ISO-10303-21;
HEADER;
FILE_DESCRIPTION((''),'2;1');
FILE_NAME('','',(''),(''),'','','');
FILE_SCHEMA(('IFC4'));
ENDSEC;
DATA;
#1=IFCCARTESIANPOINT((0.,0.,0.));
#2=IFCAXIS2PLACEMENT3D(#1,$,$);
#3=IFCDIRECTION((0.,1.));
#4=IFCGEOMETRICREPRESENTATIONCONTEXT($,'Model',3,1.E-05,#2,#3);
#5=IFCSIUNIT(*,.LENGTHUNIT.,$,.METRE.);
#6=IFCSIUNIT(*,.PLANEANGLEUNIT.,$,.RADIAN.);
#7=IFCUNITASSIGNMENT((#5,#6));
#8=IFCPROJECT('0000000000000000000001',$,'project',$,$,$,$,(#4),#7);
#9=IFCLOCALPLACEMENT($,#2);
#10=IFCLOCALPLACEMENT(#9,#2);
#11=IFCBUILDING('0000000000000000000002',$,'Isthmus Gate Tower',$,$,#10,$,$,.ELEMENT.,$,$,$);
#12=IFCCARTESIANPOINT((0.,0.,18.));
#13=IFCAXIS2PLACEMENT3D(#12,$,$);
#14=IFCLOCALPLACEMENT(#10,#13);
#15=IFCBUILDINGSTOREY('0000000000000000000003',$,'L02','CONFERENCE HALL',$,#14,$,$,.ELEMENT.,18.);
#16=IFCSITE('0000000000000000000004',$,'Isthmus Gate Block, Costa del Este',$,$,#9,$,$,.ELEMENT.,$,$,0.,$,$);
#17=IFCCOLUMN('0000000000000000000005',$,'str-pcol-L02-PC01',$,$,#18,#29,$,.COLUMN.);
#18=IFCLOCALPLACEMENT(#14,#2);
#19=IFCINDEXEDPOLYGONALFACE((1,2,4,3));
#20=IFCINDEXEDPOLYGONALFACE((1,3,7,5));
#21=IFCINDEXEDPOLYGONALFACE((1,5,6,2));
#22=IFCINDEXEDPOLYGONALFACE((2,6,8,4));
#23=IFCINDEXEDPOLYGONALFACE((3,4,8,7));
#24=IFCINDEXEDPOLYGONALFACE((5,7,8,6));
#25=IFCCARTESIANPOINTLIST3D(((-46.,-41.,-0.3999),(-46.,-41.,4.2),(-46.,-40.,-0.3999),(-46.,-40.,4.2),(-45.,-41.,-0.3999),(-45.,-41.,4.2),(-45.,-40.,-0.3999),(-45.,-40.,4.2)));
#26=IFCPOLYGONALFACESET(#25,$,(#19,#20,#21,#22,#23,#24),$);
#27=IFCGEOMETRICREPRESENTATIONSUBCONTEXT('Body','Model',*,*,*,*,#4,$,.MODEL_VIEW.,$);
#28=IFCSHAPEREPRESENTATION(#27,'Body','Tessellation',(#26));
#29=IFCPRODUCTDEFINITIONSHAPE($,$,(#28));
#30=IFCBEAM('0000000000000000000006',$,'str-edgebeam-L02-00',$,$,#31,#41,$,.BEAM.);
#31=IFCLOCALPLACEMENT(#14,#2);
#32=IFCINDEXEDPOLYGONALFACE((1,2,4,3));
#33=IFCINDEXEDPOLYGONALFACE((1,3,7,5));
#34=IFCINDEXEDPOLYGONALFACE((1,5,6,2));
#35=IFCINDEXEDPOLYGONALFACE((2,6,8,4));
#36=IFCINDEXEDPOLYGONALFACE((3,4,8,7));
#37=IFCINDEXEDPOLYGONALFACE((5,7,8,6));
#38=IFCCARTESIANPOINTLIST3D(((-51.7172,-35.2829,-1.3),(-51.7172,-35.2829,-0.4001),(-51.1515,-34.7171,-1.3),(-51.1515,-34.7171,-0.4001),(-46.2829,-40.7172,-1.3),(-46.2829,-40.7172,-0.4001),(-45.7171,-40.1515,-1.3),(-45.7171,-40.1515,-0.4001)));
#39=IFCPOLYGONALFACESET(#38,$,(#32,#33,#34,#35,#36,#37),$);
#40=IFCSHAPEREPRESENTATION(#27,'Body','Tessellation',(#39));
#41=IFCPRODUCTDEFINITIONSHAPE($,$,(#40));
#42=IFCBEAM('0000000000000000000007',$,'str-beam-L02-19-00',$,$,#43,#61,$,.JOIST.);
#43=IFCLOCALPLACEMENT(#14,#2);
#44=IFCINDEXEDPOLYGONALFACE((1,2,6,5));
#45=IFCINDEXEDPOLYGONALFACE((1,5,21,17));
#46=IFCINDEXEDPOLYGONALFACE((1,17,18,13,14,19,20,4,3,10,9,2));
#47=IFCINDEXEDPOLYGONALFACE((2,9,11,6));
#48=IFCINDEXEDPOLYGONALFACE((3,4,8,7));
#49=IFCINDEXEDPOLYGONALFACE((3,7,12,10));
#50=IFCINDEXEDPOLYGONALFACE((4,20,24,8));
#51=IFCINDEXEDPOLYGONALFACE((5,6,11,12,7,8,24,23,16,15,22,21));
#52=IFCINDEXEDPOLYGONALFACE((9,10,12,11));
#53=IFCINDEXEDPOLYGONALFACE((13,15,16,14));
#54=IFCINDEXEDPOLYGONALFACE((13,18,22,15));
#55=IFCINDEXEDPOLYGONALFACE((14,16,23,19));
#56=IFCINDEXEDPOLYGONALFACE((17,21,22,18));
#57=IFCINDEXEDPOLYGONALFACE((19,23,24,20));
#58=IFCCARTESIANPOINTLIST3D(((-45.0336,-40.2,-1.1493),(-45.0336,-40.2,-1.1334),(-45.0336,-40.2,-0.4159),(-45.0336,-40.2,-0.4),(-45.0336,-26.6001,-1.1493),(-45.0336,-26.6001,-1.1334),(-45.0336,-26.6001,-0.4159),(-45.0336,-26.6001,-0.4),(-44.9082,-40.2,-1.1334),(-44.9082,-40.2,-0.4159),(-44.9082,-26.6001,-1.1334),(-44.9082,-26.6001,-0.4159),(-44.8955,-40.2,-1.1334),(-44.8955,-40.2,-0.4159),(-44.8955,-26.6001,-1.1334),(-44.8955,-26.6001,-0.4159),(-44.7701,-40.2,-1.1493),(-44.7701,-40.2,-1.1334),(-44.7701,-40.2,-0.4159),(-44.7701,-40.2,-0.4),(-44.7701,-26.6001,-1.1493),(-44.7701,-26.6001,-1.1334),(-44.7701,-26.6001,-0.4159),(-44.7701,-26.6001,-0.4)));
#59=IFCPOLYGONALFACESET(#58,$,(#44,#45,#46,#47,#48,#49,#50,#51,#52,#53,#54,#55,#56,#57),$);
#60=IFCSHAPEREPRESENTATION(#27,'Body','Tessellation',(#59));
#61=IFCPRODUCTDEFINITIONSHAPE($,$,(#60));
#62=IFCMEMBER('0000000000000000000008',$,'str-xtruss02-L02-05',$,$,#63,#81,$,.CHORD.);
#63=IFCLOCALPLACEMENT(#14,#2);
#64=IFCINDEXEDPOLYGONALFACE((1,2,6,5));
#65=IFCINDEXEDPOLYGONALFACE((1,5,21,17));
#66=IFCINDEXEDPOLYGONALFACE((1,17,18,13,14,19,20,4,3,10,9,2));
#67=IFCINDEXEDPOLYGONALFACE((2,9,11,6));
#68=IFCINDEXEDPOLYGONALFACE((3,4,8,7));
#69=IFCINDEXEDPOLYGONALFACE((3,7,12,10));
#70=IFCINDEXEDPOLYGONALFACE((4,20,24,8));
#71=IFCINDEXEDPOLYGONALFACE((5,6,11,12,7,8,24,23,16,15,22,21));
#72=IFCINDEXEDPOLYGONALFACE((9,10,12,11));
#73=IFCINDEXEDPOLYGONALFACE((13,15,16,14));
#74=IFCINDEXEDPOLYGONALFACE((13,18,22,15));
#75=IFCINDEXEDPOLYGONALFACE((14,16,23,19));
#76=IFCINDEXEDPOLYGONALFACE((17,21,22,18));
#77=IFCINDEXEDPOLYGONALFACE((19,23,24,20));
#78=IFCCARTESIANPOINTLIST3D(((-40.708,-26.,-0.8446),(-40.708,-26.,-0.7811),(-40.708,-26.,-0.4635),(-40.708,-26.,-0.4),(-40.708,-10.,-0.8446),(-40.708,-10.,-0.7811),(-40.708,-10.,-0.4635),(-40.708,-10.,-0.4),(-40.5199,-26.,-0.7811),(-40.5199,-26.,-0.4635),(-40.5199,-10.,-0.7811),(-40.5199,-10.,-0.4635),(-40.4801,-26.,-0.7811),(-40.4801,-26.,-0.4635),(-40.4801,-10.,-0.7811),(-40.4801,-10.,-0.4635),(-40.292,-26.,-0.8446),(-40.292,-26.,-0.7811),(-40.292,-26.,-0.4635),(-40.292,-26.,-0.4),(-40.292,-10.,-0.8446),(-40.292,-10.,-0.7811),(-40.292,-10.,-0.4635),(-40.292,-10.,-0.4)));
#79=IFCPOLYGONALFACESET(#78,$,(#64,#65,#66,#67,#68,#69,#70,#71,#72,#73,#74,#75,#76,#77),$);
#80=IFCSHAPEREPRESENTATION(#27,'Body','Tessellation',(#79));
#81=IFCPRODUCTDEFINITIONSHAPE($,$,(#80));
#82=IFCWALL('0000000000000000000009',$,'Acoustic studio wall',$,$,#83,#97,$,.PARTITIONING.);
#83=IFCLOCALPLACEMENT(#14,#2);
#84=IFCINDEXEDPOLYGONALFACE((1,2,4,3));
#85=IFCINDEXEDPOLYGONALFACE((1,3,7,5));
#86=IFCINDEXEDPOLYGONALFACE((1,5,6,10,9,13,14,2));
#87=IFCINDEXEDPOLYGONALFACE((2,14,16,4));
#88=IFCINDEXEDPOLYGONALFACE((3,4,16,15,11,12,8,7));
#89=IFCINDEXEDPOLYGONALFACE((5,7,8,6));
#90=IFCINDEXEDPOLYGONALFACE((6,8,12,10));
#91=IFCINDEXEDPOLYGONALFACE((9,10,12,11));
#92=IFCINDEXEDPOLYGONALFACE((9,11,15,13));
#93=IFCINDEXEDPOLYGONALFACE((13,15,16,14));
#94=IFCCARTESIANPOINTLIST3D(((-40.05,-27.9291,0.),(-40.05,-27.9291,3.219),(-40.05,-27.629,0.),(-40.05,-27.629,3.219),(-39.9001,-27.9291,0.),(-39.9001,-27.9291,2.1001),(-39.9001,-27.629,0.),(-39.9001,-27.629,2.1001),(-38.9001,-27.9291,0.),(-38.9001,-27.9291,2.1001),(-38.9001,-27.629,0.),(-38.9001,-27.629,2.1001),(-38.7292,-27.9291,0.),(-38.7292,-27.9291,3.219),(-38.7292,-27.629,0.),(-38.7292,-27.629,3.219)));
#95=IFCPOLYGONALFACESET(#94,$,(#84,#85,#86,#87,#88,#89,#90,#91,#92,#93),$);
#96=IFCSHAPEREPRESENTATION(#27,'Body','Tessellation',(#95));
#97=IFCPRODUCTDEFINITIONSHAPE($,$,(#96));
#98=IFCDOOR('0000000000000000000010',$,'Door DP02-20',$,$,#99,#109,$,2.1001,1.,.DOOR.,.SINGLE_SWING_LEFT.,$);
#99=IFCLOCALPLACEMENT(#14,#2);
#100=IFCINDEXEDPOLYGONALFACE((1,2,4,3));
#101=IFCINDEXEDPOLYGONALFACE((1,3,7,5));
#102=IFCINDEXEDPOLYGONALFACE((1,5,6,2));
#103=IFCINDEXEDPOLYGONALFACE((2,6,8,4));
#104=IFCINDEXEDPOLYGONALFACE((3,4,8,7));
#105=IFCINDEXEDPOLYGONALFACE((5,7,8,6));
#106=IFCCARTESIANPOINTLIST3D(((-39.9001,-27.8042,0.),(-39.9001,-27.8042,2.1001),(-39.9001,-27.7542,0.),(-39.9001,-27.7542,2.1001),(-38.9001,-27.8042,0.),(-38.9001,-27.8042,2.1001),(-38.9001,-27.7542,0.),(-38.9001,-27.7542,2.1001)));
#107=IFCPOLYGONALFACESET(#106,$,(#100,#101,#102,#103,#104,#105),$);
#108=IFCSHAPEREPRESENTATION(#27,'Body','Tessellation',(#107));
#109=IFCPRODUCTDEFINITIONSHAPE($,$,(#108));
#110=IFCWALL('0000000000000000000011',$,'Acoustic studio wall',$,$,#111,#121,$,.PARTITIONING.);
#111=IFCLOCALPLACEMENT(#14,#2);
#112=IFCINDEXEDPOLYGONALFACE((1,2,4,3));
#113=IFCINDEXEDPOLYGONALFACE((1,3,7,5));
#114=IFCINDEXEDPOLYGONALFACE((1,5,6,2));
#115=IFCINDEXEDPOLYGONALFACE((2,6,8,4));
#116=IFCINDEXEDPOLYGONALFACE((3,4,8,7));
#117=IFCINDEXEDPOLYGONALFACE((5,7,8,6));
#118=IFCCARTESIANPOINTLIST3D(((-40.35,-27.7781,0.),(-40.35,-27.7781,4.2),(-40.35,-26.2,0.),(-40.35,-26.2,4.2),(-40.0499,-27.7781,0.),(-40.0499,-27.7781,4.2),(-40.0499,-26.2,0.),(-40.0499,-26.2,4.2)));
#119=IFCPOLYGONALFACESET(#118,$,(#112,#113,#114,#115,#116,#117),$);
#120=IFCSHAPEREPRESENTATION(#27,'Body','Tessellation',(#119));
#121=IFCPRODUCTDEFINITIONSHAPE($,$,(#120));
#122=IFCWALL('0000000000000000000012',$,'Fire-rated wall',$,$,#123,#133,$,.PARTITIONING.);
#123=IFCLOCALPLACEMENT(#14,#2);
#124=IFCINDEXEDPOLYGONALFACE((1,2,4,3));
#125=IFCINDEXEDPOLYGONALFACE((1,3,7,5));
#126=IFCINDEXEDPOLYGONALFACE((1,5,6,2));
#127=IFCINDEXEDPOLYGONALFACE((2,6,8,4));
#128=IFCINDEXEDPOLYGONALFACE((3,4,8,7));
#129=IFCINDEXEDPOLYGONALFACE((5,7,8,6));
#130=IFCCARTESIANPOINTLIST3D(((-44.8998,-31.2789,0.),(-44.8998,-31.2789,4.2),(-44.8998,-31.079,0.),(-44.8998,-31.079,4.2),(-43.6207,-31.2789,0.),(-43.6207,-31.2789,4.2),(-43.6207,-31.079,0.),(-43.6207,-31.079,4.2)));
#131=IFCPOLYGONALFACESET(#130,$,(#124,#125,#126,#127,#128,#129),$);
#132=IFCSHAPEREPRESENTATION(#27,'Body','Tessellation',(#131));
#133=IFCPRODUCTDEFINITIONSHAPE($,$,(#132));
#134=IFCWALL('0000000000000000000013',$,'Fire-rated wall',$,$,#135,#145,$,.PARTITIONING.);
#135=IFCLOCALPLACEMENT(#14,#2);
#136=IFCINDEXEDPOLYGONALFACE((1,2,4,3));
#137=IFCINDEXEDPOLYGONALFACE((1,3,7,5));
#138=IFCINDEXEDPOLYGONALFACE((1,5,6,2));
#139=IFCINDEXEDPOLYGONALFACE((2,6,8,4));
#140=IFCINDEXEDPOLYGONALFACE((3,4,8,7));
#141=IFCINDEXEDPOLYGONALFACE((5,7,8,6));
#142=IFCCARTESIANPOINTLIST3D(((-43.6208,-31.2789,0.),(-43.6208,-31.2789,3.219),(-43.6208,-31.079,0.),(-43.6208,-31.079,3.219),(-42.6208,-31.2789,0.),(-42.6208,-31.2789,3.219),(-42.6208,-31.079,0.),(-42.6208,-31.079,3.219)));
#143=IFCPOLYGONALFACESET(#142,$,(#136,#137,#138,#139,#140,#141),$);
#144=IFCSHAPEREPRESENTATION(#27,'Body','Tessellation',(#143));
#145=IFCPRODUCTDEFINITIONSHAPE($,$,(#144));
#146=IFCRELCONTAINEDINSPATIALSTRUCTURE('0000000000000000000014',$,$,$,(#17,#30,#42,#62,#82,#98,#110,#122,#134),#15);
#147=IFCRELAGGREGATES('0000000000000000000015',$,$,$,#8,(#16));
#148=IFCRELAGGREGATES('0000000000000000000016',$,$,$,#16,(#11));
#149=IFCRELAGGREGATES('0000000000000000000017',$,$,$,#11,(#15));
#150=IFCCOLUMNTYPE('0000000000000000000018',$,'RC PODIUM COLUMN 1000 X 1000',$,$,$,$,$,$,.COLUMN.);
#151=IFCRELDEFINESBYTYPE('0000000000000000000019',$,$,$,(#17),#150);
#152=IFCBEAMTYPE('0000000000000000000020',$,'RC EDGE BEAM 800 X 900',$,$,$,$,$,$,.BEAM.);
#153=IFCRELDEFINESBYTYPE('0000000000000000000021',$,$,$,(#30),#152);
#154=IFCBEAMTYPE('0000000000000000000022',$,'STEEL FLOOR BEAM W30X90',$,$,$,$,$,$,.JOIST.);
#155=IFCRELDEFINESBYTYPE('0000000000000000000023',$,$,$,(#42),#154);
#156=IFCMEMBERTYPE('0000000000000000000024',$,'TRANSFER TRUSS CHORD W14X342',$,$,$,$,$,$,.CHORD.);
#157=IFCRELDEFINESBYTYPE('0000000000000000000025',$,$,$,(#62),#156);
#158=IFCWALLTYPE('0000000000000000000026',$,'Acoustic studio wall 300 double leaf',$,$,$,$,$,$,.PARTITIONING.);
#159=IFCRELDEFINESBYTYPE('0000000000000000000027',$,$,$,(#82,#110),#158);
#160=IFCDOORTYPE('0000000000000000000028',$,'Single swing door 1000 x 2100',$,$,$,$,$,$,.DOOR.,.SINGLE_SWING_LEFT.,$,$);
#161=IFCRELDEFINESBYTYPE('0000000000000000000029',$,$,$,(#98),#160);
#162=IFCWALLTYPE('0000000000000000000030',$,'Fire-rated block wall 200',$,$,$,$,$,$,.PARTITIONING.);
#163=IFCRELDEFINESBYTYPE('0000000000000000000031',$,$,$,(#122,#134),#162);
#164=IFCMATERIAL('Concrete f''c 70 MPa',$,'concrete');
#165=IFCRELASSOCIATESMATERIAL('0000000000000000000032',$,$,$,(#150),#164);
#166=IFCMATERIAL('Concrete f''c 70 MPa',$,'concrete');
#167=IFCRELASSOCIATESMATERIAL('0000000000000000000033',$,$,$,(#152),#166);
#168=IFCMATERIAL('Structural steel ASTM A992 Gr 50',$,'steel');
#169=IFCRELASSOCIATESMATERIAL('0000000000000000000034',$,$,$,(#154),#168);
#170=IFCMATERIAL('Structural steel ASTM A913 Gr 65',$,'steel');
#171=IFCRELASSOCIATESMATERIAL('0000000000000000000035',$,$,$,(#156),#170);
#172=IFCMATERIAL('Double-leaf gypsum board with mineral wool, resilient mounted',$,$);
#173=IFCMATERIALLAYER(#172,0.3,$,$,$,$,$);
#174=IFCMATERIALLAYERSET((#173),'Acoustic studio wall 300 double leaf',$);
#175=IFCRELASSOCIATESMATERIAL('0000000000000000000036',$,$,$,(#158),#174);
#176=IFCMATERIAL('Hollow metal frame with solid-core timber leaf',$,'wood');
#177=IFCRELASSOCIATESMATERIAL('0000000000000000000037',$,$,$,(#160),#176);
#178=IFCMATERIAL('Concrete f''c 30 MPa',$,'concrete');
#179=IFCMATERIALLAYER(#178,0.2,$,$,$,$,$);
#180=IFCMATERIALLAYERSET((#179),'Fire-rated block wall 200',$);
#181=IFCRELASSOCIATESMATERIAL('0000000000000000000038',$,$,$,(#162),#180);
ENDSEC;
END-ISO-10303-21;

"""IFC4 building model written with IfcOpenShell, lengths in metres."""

from ifc_helpers import new_model, si_unit, direction, frame, frame_2d, origin, origin_2d, place, context, subcontext, project, spatial, rectangle, i_section, extrude, material, layer, layer_set, material_profile, profile_set, type_object, element, fill, save


model = new_model("IFC4")

# Units and contexts
model_context = context("Model", 3, precision=1e-05, world=origin(), true_north=direction((0.0, 1.0)))
body_context = subcontext(model_context, "Body", "Model", "MODEL_VIEW")
ifc_project = project(units=[si_unit("LENGTHUNIT", "METRE"), si_unit("PLANEANGLEUNIT", "RADIAN")], contexts=[model_context])

# Site, building, storey
site_placement = place(None, origin())
site = spatial("IfcSite", under=ifc_project, at=site_placement, Name="Isthmus Gate Block, Costa del Este", CompositionType="ELEMENT", RefElevation=0.0)
building_placement = place(site_placement, origin())
building = spatial("IfcBuilding", under=site, at=building_placement, Name="Isthmus Gate Tower", CompositionType="ELEMENT")
storey_placement = place(building_placement, frame((0.0, 0.0, 18.0)))
storey = spatial("IfcBuildingStorey", under=building, at=storey_placement, Name="L02", Description="CONFERENCE HALL", CompositionType="ELEMENT", Elevation=18.0)

# Column
ifc_material_1 = material(Name="Concrete f'c 70 MPa", Category="concrete")
ifc_material_profile_1 = material_profile(ifc_material_1, rectangle(XDim=1.0, YDim=1.0, at=origin_2d()), Name="RC 1000X1000")
ifc_profile_set_1 = profile_set([ifc_material_profile_1], Name="Concrete f'c 70 MPa")
column_type = type_object("IfcColumnType", Name="RC PODIUM COLUMN 1000 X 1000", PredefinedType="COLUMN", material=ifc_profile_set_1)
column_placement = place(storey_placement, frame((-45.5, -40.5, -0.3999), z_axis=(0.0, 0.0, 1.0), x_axis=(1.0, 0.0, 0.0)))
element("IfcColumn", 1, at=column_placement, inside=storey, type_object=column_type, Name="str-pcol-L02-PC01", PredefinedType="COLUMN", context=body_context, shape_type="SweptSolid", body=[
    extrude(rectangle(XDim=1.0, YDim=1.0, at=origin_2d()), origin(), (0.0, 0.0, 1.0), 4.5999),
])

# Beams
ifc_material_2 = material(Name="Concrete f'c 70 MPa", Category="concrete")
ifc_material_profile_2 = material_profile(ifc_material_2, rectangle(XDim=0.8, YDim=0.8999, at=origin_2d()), Name="RC 800X900")
ifc_profile_set_2 = profile_set([ifc_material_profile_2], Name="Concrete f'c 70 MPa")
beam_type_1 = type_object("IfcBeamType", Name="RC EDGE BEAM 800 X 900", PredefinedType="BEAM", material=ifc_profile_set_2)
beam_1_placement = place(storey_placement, frame((-46.0, -40.4343, -0.8501), z_axis=(-0.707107, 0.707107, 0.0), x_axis=(-0.707107, -0.707107, 0.0)))
element("IfcBeam", 2, at=beam_1_placement, inside=storey, type_object=beam_type_1, Name="str-edgebeam-L02-00", PredefinedType="BEAM", context=body_context, shape_type="SweptSolid", body=[
    extrude(rectangle(XDim=0.8, YDim=0.8999, at=origin_2d()), origin(), (0.0, 0.0, 1.0), 7.6853),
])
ifc_material_3 = material(Name="Structural steel ASTM A992 Gr 50", Category="steel")
ifc_material_profile_3 = material_profile(ifc_material_3, i_section(OverallWidth=0.2634, OverallDepth=0.7493, WebThickness=0.0127, FlangeThickness=0.0159, at=origin_2d()), Name="W30X90")
ifc_profile_set_3 = profile_set([ifc_material_profile_3], Name="Structural steel ASTM A992 Gr 50")
beam_type_2 = type_object("IfcBeamType", Name="STEEL FLOOR BEAM W30X90", PredefinedType="JOIST", material=ifc_profile_set_3)
beam_2_placement = place(storey_placement, frame((-44.9019, -40.2, -0.7747), z_axis=(0.0, 1.0, 0.0), x_axis=(-1.0, 0.0, 0.0)))
element("IfcBeam", 3, at=beam_2_placement, inside=storey, type_object=beam_type_2, Name="str-beam-L02-19-00", PredefinedType="JOIST", context=body_context, shape_type="SweptSolid", body=[
    extrude(i_section(OverallWidth=0.2634, OverallDepth=0.7493, WebThickness=0.0127, FlangeThickness=0.0159, at=origin_2d()), origin(), (0.0, 0.0, 1.0), 13.5999),
])

# Member
ifc_material_4 = material(Name="Structural steel ASTM A913 Gr 65", Category="steel")
ifc_material_profile_4 = material_profile(ifc_material_4, i_section(OverallWidth=0.416, OverallDepth=0.4446, WebThickness=0.0398, FlangeThickness=0.0635, at=origin_2d()), Name="W14X342")
ifc_profile_set_4 = profile_set([ifc_material_profile_4], Name="Structural steel ASTM A913 Gr 65")
member_type = type_object("IfcMemberType", Name="TRANSFER TRUSS CHORD W14X342", PredefinedType="CHORD", material=ifc_profile_set_4)
member_placement = place(storey_placement, frame((-40.5, -26.0, -0.6223), z_axis=(0.0, 1.0, 0.0), x_axis=(-1.0, 0.0, 0.0)))
element("IfcMember", 4, at=member_placement, inside=storey, type_object=member_type, Name="str-xtruss02-L02-05", PredefinedType="CHORD", context=body_context, shape_type="SweptSolid", body=[
    extrude(i_section(OverallWidth=0.416, OverallDepth=0.4446, WebThickness=0.0398, FlangeThickness=0.0635, at=origin_2d()), origin(), (0.0, 0.0, 1.0), 16.0),
])

# Wall, opening, door
ifc_material_5 = material(Name="Double-leaf gypsum board with mineral wool, resilient mounted")
ifc_layer_1 = layer(ifc_material_5, 0.3)
ifc_layer_set_1 = layer_set([ifc_layer_1], Name="Acoustic studio wall 300 double leaf")
wall_type_1 = type_object("IfcWallType", Name="Acoustic studio wall 300 double leaf", PredefinedType="PARTITIONING", material=ifc_layer_set_1)
wall_1_placement = place(storey_placement, frame((-40.05, -27.7791, 0.0), z_axis=(0.0, 0.0, 1.0), x_axis=(1.0, 0.0, 0.0)))
wall_1 = element("IfcWall", 5, at=wall_1_placement, inside=storey, type_object=wall_type_1, Name="Acoustic studio wall", PredefinedType="PARTITIONING", context=body_context, shape_type="SweptSolid", body=[
    extrude(rectangle(XDim=1.3208, YDim=0.3, at=frame_2d((0.6604, 0.0))), origin(), (0.0, 0.0, 1.0), 3.219),
])
opening_1_placement = place(wall_1_placement, frame((0.1499, 0.0, 0.0)))
opening_1 = element("IfcOpeningElement", 6, at=opening_1_placement, cuts=wall_1, PredefinedType="OPENING", context=body_context, shape_type="SweptSolid", body=[
    extrude(rectangle(XDim=1.0, YDim=2.1001, at=frame_2d((0.5, 1.05))), frame((0.0, 0.1599, 0.0), z_axis=(0.0, -1.0, 0.0), x_axis=(1.0, 0.0, 0.0)), (0.0, 0.0, 1.0), 0.3201),
])
ifc_material_6 = material(Name="Hollow metal frame with solid-core timber leaf", Category="wood")
door_type_1 = type_object("IfcDoorType", Name="Single swing door 1000 x 2100", OperationType="SINGLE_SWING_LEFT", PredefinedType="DOOR", material=ifc_material_6)
door_1_placement = place(opening_1_placement, origin())
door_1 = element("IfcDoor", 7, at=door_1_placement, inside=storey, type_object=door_type_1, Name="Door DP02-20", OperationType="SINGLE_SWING_LEFT", OverallHeight=2.1001, OverallWidth=1.0, PredefinedType="DOOR", context=body_context, shape_type="SweptSolid", body=[
    extrude(rectangle(XDim=1.0, YDim=2.1001, at=frame_2d((0.5, 1.05))), frame((0.0, 0.0249, 0.0), z_axis=(0.0, -1.0, 0.0), x_axis=(1.0, 0.0, 0.0)), (0.0, 0.0, 1.0), 0.05),
])
fill(opening_1, door_1)

# Walls
wall_2_placement = place(storey_placement, frame((-40.2, -27.7781, 0.0), z_axis=(0.0, 0.0, 1.0), x_axis=(0.0, 1.0, 0.0)))
element("IfcWall", 8, at=wall_2_placement, inside=storey, type_object=wall_type_1, Name="Acoustic studio wall", PredefinedType="PARTITIONING", context=body_context, shape_type="SweptSolid", body=[
    extrude(rectangle(XDim=1.5781, YDim=0.3, at=frame_2d((0.7891, 0.0))), origin(), (0.0, 0.0, 1.0), 4.2),
])
ifc_material_7 = material(Name="Concrete f'c 30 MPa", Category="concrete")
ifc_layer_2 = layer(ifc_material_7, 0.2)
ifc_layer_set_2 = layer_set([ifc_layer_2], Name="Fire-rated block wall 200")
wall_type_2 = type_object("IfcWallType", Name="Fire-rated block wall 200", PredefinedType="PARTITIONING", material=ifc_layer_set_2)
wall_3_placement = place(storey_placement, frame((-44.8999, -31.179, 0.0), z_axis=(0.0, 0.0, 1.0), x_axis=(1.0, 0.0, 0.0)))
element("IfcWall", 9, at=wall_3_placement, inside=storey, type_object=wall_type_2, Name="Fire-rated wall", PredefinedType="PARTITIONING", context=body_context, shape_type="SweptSolid", body=[
    extrude(rectangle(XDim=1.2791, YDim=0.2, at=frame_2d((0.6396, 0.0))), origin(), (0.0, 0.0, 1.0), 4.2),
])
wall_4_placement = place(storey_placement, frame((-43.6208, -31.179, 0.0), z_axis=(0.0, 0.0, 1.0), x_axis=(1.0, 0.0, 0.0)))
element("IfcWall", 10, at=wall_4_placement, inside=storey, type_object=wall_type_2, Name="Fire-rated wall", PredefinedType="PARTITIONING", context=body_context, shape_type="SweptSolid", body=[
    extrude(rectangle(XDim=1.0, YDim=0.2, at=frame_2d((0.5, 0.0))), origin(), (0.0, 0.0, 1.0), 3.219),
])

save(model, "model.ifc")
